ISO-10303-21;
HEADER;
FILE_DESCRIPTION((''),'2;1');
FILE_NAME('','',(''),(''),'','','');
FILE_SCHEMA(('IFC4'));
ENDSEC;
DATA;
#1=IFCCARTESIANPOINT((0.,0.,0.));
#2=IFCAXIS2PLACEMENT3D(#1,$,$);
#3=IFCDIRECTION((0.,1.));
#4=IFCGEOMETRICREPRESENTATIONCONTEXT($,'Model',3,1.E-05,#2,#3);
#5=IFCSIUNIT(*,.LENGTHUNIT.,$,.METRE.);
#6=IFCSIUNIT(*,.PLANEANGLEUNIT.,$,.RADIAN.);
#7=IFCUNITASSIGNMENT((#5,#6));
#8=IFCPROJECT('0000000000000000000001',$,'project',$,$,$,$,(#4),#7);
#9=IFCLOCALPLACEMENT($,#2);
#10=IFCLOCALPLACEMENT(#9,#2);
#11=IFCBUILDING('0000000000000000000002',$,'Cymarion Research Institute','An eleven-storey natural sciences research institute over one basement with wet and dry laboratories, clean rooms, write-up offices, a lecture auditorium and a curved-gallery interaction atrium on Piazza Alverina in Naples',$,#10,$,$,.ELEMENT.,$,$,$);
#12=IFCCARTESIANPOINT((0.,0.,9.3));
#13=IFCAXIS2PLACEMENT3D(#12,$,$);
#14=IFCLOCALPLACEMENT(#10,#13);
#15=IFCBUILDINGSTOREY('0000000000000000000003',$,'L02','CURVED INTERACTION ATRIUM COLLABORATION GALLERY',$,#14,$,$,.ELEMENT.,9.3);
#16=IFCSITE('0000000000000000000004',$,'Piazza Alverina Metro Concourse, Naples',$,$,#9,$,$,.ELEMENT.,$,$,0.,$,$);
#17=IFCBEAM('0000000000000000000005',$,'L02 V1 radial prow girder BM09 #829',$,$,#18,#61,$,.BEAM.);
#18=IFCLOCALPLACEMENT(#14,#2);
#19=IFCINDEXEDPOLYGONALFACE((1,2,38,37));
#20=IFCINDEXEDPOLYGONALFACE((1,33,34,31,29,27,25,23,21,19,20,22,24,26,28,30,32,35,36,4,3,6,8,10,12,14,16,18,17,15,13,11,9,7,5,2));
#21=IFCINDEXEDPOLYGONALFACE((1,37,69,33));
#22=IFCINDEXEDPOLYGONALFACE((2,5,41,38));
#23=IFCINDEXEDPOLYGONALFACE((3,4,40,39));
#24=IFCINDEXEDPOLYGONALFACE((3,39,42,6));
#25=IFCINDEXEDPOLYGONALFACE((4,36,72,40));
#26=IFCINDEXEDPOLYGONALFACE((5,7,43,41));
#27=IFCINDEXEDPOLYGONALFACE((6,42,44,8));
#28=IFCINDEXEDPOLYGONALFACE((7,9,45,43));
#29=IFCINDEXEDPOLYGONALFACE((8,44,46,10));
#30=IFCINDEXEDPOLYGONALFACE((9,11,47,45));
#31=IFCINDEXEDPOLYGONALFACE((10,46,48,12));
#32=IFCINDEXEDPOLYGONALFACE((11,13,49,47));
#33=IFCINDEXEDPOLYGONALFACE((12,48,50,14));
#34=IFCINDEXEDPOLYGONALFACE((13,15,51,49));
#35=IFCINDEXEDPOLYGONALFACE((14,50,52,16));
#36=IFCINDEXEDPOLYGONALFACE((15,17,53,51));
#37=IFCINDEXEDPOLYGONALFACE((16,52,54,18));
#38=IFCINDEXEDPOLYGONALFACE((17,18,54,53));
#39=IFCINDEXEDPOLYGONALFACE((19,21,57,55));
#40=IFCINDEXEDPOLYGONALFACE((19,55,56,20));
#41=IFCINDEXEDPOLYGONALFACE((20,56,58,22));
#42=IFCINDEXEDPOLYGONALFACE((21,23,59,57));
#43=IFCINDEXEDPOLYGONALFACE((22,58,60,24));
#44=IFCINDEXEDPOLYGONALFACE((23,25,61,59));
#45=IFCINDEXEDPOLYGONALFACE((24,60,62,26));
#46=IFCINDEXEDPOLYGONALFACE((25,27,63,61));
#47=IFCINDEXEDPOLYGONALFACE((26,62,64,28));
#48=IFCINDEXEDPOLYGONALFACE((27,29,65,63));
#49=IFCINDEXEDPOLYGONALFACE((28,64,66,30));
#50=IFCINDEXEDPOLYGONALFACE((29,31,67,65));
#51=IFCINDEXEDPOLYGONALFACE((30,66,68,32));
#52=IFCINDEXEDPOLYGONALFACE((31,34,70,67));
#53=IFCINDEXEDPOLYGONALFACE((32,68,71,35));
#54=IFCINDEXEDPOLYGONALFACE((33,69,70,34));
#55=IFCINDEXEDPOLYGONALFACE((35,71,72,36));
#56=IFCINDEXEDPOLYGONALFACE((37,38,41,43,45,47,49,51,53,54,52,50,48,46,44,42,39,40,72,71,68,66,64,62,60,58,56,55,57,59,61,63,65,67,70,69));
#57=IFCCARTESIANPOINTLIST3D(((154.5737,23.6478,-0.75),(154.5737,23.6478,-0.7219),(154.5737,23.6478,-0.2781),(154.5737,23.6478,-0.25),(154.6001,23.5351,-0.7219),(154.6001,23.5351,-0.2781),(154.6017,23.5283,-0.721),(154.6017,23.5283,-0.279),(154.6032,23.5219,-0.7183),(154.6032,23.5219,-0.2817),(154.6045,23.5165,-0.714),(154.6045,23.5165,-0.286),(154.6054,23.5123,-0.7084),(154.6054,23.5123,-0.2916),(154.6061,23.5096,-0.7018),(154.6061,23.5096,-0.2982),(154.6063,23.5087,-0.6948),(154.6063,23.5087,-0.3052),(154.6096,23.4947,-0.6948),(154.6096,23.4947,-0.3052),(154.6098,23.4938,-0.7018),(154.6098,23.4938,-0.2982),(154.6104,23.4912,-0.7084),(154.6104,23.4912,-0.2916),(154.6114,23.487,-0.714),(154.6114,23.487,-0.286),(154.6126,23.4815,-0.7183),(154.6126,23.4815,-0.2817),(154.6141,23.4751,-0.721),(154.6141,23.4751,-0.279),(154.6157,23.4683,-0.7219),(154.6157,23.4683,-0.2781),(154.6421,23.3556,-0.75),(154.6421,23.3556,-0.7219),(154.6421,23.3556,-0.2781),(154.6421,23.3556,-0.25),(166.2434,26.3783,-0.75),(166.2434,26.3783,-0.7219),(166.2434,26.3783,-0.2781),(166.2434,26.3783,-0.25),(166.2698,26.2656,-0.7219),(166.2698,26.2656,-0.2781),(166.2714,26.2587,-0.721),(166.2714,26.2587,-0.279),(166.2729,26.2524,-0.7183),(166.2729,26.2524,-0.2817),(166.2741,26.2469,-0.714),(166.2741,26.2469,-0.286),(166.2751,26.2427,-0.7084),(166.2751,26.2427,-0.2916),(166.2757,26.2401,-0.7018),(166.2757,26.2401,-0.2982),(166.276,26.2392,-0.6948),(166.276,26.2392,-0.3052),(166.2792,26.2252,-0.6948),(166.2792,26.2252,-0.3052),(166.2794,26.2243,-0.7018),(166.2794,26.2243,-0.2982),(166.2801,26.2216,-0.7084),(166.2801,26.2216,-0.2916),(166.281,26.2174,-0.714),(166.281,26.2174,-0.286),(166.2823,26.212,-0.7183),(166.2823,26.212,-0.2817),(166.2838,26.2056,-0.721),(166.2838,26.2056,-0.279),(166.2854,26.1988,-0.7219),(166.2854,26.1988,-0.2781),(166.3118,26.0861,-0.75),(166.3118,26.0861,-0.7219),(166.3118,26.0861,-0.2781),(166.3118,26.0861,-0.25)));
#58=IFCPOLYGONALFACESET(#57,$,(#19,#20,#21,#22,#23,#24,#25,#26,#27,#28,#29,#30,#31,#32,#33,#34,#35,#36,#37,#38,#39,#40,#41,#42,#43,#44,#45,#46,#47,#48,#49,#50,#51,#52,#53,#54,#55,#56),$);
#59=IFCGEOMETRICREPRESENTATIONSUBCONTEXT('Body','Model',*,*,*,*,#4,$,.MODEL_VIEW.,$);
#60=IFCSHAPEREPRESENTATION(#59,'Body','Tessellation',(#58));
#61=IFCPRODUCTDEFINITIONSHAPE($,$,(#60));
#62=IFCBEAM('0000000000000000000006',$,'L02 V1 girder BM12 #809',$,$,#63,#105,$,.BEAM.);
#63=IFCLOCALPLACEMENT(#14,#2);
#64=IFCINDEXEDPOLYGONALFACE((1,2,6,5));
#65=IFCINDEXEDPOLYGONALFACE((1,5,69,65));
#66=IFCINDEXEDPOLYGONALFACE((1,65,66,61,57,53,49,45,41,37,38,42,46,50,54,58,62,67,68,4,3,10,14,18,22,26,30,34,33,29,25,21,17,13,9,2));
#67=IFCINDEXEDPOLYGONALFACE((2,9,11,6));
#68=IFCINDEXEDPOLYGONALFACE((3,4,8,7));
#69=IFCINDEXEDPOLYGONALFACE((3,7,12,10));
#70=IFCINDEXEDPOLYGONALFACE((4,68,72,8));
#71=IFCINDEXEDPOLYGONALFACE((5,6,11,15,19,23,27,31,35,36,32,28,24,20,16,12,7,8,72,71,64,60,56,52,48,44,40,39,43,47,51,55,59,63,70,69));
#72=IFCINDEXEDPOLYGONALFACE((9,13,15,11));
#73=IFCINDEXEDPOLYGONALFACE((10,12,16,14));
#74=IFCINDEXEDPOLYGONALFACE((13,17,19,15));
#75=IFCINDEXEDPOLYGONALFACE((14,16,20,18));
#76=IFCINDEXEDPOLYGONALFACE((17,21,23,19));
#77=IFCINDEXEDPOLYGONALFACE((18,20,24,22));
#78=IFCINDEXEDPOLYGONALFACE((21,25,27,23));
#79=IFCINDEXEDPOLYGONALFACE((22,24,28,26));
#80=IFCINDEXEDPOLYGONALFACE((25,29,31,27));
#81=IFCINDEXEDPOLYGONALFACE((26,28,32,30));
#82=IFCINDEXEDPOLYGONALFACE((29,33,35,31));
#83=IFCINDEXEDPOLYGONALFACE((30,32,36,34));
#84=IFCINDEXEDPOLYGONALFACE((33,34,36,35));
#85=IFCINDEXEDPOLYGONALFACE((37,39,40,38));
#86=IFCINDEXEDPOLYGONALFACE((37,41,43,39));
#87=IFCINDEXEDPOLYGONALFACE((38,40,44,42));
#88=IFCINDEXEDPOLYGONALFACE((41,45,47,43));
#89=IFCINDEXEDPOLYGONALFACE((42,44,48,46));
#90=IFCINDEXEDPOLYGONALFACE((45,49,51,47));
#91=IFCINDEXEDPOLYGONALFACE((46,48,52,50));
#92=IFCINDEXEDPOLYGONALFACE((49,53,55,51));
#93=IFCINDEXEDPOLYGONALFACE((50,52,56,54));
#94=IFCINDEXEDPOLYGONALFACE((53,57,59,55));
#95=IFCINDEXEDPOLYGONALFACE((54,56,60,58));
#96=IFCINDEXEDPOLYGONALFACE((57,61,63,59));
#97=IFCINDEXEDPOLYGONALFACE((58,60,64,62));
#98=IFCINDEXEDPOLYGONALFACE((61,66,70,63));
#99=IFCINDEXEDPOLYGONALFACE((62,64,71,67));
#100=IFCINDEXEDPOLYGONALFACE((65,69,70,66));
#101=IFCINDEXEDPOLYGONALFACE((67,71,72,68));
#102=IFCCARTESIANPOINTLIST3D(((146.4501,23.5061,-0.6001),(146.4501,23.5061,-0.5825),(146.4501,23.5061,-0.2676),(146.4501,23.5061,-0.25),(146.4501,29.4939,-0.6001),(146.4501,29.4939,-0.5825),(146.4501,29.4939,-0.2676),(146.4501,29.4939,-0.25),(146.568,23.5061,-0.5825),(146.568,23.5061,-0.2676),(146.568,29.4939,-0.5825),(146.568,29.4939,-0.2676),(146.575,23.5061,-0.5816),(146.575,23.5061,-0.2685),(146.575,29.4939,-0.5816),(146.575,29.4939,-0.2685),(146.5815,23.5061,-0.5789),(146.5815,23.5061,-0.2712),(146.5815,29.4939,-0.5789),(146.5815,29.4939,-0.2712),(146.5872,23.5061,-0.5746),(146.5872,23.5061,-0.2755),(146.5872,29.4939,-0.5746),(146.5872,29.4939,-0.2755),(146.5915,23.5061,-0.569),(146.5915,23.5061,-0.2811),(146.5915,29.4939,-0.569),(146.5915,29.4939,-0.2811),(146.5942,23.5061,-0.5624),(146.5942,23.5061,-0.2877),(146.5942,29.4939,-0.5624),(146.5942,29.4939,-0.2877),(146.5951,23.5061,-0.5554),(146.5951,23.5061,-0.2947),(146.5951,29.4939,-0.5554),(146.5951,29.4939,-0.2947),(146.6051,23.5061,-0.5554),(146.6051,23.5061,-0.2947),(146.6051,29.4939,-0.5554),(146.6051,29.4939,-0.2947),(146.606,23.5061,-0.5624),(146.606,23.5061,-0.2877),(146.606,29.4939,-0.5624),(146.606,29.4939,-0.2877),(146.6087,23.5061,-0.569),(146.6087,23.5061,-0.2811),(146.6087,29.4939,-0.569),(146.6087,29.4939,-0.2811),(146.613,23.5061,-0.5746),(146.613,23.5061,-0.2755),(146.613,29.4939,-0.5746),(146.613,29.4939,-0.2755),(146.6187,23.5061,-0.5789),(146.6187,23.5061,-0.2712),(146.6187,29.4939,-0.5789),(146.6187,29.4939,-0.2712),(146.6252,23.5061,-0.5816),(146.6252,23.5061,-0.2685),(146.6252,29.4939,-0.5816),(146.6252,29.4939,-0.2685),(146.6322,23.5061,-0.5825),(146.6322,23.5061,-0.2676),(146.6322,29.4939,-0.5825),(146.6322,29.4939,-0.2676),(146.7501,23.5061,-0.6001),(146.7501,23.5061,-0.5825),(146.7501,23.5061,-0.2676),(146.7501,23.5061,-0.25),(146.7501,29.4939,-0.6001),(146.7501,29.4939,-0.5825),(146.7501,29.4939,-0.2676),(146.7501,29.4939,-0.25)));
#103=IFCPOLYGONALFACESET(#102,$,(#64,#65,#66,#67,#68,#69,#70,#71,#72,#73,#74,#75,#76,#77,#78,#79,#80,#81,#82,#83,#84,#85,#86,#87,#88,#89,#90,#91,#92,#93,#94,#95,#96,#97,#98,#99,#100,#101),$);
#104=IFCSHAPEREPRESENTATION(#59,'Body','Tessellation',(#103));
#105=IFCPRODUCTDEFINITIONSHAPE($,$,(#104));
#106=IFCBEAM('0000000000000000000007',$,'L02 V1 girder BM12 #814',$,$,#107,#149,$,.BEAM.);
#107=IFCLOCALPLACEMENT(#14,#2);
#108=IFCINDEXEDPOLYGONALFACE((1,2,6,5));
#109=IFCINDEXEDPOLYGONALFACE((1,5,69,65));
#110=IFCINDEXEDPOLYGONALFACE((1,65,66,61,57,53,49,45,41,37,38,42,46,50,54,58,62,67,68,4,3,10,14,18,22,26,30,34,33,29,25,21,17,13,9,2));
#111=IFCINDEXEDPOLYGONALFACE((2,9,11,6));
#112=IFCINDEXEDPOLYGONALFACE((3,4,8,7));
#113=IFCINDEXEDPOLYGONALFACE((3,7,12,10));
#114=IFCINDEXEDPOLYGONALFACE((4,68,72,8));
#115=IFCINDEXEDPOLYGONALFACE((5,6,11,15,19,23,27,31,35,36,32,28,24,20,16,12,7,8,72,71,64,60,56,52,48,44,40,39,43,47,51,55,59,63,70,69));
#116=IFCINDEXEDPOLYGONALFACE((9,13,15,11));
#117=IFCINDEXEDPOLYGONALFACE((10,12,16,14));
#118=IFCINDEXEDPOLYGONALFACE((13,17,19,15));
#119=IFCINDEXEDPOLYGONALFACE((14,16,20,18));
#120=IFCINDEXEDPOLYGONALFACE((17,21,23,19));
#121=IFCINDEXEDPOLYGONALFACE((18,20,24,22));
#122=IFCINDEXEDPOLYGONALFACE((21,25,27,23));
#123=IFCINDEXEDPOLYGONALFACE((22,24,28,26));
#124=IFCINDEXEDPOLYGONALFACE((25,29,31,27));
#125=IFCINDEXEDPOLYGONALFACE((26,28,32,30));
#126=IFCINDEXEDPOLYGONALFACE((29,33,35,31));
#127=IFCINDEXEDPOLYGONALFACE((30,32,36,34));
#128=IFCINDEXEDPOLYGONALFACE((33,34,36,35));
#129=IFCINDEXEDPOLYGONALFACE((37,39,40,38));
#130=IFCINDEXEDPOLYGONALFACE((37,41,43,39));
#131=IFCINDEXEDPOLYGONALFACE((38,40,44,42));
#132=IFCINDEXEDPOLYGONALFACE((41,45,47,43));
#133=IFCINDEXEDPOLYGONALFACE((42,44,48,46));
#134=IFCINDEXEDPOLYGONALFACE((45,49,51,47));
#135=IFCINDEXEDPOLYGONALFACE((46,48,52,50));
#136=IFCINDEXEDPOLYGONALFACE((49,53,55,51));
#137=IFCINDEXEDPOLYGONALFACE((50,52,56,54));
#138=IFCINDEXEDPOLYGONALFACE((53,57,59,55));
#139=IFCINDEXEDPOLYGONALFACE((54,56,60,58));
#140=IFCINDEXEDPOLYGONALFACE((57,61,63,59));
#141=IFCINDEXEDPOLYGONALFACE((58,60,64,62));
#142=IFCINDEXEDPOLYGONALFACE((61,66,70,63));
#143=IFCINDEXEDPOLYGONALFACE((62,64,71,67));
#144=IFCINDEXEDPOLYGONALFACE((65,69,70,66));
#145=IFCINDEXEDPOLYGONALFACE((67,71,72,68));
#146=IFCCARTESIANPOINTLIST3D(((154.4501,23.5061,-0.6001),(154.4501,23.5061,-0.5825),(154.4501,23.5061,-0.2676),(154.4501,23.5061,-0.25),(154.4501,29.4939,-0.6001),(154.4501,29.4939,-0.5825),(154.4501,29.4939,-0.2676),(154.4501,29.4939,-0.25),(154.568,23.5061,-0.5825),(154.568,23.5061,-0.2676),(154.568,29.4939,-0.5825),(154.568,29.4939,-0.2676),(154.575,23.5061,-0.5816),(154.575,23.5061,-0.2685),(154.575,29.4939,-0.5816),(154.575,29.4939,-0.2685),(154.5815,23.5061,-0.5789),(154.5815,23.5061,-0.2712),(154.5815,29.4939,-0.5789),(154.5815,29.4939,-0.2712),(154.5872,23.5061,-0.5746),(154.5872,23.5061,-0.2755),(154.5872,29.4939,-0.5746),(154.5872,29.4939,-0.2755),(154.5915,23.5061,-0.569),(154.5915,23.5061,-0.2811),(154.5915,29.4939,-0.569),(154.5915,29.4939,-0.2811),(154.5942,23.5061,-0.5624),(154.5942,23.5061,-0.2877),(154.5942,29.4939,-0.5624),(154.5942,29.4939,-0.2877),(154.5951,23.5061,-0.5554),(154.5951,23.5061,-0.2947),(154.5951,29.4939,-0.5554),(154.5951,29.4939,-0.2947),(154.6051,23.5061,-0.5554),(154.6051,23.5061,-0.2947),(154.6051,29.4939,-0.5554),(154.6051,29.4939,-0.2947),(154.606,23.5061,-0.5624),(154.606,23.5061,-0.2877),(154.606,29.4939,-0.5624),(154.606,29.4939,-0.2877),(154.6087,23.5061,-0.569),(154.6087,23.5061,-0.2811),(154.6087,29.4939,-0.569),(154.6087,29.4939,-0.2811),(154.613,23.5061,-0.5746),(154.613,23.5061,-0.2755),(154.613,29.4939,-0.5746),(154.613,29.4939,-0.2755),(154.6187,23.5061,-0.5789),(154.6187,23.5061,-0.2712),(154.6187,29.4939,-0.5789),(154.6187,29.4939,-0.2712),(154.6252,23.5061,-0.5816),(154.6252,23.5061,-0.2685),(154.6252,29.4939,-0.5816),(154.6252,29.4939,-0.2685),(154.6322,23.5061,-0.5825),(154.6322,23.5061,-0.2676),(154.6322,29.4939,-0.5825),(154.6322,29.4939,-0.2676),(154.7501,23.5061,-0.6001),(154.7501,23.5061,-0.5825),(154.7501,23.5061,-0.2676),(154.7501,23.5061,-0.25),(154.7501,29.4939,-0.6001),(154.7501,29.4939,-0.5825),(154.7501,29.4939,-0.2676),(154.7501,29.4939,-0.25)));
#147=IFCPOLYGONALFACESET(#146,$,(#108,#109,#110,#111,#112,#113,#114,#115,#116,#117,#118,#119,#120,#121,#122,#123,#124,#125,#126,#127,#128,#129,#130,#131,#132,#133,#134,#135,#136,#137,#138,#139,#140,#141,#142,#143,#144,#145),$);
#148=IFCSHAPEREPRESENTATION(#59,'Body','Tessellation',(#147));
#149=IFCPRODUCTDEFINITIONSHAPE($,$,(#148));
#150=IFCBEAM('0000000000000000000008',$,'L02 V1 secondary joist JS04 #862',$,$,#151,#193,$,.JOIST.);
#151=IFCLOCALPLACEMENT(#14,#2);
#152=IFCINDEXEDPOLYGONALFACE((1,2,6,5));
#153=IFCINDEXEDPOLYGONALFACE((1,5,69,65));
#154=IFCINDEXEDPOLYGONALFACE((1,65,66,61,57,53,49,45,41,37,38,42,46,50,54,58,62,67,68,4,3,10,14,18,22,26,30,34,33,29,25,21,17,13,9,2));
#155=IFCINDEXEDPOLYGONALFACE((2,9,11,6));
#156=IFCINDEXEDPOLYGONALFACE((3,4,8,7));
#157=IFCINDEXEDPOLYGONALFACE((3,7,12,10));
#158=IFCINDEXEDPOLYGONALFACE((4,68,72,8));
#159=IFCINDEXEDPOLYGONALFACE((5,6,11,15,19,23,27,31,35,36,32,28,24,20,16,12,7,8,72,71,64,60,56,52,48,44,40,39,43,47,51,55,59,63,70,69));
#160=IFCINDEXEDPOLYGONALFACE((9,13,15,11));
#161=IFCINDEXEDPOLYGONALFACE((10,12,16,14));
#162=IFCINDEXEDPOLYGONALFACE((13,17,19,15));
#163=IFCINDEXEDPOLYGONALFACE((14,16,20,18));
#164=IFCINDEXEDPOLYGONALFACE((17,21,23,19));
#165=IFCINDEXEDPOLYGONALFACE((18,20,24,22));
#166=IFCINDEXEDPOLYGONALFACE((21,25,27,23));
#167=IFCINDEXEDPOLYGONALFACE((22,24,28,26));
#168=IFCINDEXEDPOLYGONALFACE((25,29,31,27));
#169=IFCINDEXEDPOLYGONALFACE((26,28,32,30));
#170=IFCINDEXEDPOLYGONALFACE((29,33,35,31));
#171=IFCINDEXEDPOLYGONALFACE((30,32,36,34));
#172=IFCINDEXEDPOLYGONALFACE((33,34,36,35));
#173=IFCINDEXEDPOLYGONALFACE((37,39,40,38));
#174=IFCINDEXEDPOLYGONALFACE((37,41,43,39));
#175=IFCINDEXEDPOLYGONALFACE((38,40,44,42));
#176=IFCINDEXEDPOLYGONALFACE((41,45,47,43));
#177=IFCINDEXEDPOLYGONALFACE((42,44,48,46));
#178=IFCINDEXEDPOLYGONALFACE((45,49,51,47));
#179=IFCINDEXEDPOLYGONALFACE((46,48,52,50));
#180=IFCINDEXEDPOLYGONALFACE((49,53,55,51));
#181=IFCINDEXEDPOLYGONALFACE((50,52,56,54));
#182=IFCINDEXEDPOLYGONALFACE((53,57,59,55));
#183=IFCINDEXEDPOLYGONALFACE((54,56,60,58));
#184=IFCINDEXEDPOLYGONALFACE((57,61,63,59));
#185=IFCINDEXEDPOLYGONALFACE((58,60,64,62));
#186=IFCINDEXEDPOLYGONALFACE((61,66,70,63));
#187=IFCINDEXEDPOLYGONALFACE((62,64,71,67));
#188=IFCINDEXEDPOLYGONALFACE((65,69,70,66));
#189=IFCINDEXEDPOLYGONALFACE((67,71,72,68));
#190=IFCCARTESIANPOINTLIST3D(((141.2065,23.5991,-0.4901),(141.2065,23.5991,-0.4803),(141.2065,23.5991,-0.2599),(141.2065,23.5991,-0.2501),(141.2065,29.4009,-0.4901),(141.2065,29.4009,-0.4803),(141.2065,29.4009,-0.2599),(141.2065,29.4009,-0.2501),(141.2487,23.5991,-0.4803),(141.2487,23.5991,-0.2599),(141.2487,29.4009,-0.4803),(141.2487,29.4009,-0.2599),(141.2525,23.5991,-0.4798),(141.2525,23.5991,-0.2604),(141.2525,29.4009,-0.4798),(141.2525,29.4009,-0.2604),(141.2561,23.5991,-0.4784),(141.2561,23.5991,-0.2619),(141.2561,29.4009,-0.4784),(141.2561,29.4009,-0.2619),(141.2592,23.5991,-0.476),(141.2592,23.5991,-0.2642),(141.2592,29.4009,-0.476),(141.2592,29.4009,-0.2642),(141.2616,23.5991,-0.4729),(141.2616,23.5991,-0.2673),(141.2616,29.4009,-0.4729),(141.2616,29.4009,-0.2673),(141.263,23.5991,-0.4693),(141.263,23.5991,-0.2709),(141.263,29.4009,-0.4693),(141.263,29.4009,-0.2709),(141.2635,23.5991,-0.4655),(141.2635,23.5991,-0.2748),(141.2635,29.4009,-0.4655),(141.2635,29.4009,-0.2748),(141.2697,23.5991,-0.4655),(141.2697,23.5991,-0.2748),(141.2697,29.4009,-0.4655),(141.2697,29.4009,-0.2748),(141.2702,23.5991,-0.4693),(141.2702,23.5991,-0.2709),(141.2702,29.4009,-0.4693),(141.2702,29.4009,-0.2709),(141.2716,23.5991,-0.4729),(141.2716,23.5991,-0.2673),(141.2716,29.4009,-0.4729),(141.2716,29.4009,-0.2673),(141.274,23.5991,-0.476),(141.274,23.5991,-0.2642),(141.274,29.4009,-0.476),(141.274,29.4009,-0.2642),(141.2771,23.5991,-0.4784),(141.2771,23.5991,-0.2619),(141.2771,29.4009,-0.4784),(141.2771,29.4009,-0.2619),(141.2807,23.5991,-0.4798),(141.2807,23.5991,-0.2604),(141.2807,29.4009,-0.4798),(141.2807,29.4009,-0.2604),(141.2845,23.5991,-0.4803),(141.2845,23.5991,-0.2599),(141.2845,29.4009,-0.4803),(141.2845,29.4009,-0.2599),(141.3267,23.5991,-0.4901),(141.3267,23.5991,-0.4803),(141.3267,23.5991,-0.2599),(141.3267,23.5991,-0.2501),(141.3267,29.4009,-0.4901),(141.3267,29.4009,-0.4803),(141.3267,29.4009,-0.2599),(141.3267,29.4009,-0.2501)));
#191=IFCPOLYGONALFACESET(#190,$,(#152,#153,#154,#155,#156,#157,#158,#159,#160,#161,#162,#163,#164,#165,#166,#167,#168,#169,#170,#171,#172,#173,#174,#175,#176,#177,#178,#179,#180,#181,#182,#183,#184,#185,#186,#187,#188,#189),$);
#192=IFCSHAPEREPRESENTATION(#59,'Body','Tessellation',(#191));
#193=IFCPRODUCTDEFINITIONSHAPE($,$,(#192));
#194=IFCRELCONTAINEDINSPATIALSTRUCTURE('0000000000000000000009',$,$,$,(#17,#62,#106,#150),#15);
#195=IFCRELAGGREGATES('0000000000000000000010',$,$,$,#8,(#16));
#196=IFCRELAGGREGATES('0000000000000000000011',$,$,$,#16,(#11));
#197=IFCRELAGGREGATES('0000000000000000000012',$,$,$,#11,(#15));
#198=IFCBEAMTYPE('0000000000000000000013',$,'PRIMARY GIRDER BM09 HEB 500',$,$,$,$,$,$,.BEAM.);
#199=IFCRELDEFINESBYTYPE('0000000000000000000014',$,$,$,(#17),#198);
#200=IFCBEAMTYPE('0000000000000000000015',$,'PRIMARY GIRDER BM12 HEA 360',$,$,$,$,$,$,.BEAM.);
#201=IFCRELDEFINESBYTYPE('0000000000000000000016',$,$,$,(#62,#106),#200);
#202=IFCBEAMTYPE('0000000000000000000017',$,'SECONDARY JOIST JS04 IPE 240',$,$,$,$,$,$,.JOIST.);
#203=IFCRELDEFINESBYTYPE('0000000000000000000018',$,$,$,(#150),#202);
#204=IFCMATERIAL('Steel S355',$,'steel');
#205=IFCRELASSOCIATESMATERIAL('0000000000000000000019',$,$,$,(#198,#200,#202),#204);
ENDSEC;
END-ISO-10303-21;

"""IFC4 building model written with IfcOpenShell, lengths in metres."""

from ifc_helpers import new_model, si_unit, direction, frame, origin, origin_2d, place, context, subcontext, project, spatial, i_section, extrude, material, material_profile, profile_set, type_object, element, save


model = new_model("IFC4")

# Units and contexts
model_context = context("Model", 3, precision=1e-05, world=origin(), true_north=direction((0.0, 1.0)))
body_context = subcontext(model_context, "Body", "Model", "MODEL_VIEW")
ifc_project = project(units=[si_unit("LENGTHUNIT", "METRE"), si_unit("PLANEANGLEUNIT", "RADIAN")], contexts=[model_context])

# Site, building, storey
site_placement = place(None, origin())
site = spatial("IfcSite", under=ifc_project, at=site_placement, Name="Piazza Alverina Metro Concourse, Naples", CompositionType="ELEMENT", RefElevation=0.0)
building_placement = place(site_placement, origin())
building = spatial("IfcBuilding", under=site, at=building_placement, Name="Cymarion Research Institute", Description="An eleven-storey natural sciences research institute over one basement with wet and dry laboratories, clean rooms, write-up offices, a lecture auditorium and a curved-gallery interaction atrium on Piazza Alverina in Naples", CompositionType="ELEMENT")
storey_placement = place(building_placement, frame((0.0, 0.0, 9.3)))
storey = spatial("IfcBuildingStorey", under=building, at=storey_placement, Name="L02", Description="CURVED INTERACTION ATRIUM COLLABORATION GALLERY", CompositionType="ELEMENT", Elevation=9.3)

# Shared definitions
ifc_material_1 = material(Name="Steel S355", Category="steel")

# Beams
ifc_material_profile_1 = material_profile(ifc_material_1, i_section(OverallWidth=0.3, OverallDepth=0.5, WebThickness=0.0144, FlangeThickness=0.0281, FilletRadius=0.0271, at=origin_2d()), Name="HEB 500")
ifc_profile_set_1 = profile_set([ifc_material_profile_1], Name="Steel S355")
beam_type_1 = type_object("IfcBeamType", Name="PRIMARY GIRDER BM09 HEB 500", PredefinedType="BEAM", material=ifc_profile_set_1)
beam_1_placement = place(storey_placement, frame((154.6079, 23.5017, -0.5), z_axis=(0.973702, 0.227827, 0.0), x_axis=(-0.227827, 0.973702, 0.0)))
element("IfcBeam", 1, at=beam_1_placement, inside=storey, type_object=beam_type_1, Name="L02 V1 radial prow girder BM09 #829", PredefinedType="BEAM", context=body_context, shape_type="SweptSolid", body=[
    extrude(i_section(OverallWidth=0.3, OverallDepth=0.5, WebThickness=0.0144, FlangeThickness=0.0281, FilletRadius=0.0271, at=origin_2d()), origin(), (0.0, 0.0, 1.0), 11.9849),
])
ifc_material_profile_2 = material_profile(ifc_material_1, i_section(OverallWidth=0.3, OverallDepth=0.3501, WebThickness=0.01, FlangeThickness=0.0176, FilletRadius=0.0271, at=origin_2d()), Name="HEA 360")
ifc_profile_set_2 = profile_set([ifc_material_profile_2], Name="Steel S355")
beam_type_2 = type_object("IfcBeamType", Name="PRIMARY GIRDER BM12 HEA 360", PredefinedType="BEAM", material=ifc_profile_set_2)
for number, where, z_axis, x_axis, name in (
    (2, (146.6001, 23.5061, -0.425), (0.0, 1.0, 0.0), (-1.0, 0.0, 0.0), "L02 V1 girder BM12 #809"),
    (3, (154.6001, 23.5061, -0.425), (0.0, 1.0, 0.0), (-1.0, 0.0, 0.0), "L02 V1 girder BM12 #814"),
):
    element("IfcBeam", number, at=place(storey_placement, frame(where, z_axis=z_axis, x_axis=x_axis)), inside=storey, type_object=beam_type_2, Name=name, PredefinedType="BEAM", context=body_context, shape_type="SweptSolid", body=[
        extrude(i_section(OverallWidth=0.3, OverallDepth=0.3501, WebThickness=0.01, FlangeThickness=0.0176, FilletRadius=0.0271, at=origin_2d()), origin(), (0.0, 0.0, 1.0), 5.9878),
    ])
ifc_material_profile_3 = material_profile(ifc_material_1, i_section(OverallWidth=0.1201, OverallDepth=0.24, WebThickness=0.0061, FlangeThickness=0.0098, FilletRadius=0.0149, at=origin_2d()), Name="IPE 240")
ifc_profile_set_3 = profile_set([ifc_material_profile_3], Name="Steel S355")
beam_type_3 = type_object("IfcBeamType", Name="SECONDARY JOIST JS04 IPE 240", PredefinedType="JOIST", material=ifc_profile_set_3)
beam_2_placement = place(storey_placement, frame((141.2666, 23.5991, -0.3701), z_axis=(0.0, 1.0, 0.0), x_axis=(-1.0, 0.0, 0.0)))
element("IfcBeam", 4, at=beam_2_placement, inside=storey, type_object=beam_type_3, Name="L02 V1 secondary joist JS04 #862", PredefinedType="JOIST", context=body_context, shape_type="SweptSolid", body=[
    extrude(i_section(OverallWidth=0.1201, OverallDepth=0.24, WebThickness=0.0061, FlangeThickness=0.0098, FilletRadius=0.0149, at=origin_2d()), origin(), (0.0, 0.0, 1.0), 5.8018),
])

save(model, "model.ifc")
